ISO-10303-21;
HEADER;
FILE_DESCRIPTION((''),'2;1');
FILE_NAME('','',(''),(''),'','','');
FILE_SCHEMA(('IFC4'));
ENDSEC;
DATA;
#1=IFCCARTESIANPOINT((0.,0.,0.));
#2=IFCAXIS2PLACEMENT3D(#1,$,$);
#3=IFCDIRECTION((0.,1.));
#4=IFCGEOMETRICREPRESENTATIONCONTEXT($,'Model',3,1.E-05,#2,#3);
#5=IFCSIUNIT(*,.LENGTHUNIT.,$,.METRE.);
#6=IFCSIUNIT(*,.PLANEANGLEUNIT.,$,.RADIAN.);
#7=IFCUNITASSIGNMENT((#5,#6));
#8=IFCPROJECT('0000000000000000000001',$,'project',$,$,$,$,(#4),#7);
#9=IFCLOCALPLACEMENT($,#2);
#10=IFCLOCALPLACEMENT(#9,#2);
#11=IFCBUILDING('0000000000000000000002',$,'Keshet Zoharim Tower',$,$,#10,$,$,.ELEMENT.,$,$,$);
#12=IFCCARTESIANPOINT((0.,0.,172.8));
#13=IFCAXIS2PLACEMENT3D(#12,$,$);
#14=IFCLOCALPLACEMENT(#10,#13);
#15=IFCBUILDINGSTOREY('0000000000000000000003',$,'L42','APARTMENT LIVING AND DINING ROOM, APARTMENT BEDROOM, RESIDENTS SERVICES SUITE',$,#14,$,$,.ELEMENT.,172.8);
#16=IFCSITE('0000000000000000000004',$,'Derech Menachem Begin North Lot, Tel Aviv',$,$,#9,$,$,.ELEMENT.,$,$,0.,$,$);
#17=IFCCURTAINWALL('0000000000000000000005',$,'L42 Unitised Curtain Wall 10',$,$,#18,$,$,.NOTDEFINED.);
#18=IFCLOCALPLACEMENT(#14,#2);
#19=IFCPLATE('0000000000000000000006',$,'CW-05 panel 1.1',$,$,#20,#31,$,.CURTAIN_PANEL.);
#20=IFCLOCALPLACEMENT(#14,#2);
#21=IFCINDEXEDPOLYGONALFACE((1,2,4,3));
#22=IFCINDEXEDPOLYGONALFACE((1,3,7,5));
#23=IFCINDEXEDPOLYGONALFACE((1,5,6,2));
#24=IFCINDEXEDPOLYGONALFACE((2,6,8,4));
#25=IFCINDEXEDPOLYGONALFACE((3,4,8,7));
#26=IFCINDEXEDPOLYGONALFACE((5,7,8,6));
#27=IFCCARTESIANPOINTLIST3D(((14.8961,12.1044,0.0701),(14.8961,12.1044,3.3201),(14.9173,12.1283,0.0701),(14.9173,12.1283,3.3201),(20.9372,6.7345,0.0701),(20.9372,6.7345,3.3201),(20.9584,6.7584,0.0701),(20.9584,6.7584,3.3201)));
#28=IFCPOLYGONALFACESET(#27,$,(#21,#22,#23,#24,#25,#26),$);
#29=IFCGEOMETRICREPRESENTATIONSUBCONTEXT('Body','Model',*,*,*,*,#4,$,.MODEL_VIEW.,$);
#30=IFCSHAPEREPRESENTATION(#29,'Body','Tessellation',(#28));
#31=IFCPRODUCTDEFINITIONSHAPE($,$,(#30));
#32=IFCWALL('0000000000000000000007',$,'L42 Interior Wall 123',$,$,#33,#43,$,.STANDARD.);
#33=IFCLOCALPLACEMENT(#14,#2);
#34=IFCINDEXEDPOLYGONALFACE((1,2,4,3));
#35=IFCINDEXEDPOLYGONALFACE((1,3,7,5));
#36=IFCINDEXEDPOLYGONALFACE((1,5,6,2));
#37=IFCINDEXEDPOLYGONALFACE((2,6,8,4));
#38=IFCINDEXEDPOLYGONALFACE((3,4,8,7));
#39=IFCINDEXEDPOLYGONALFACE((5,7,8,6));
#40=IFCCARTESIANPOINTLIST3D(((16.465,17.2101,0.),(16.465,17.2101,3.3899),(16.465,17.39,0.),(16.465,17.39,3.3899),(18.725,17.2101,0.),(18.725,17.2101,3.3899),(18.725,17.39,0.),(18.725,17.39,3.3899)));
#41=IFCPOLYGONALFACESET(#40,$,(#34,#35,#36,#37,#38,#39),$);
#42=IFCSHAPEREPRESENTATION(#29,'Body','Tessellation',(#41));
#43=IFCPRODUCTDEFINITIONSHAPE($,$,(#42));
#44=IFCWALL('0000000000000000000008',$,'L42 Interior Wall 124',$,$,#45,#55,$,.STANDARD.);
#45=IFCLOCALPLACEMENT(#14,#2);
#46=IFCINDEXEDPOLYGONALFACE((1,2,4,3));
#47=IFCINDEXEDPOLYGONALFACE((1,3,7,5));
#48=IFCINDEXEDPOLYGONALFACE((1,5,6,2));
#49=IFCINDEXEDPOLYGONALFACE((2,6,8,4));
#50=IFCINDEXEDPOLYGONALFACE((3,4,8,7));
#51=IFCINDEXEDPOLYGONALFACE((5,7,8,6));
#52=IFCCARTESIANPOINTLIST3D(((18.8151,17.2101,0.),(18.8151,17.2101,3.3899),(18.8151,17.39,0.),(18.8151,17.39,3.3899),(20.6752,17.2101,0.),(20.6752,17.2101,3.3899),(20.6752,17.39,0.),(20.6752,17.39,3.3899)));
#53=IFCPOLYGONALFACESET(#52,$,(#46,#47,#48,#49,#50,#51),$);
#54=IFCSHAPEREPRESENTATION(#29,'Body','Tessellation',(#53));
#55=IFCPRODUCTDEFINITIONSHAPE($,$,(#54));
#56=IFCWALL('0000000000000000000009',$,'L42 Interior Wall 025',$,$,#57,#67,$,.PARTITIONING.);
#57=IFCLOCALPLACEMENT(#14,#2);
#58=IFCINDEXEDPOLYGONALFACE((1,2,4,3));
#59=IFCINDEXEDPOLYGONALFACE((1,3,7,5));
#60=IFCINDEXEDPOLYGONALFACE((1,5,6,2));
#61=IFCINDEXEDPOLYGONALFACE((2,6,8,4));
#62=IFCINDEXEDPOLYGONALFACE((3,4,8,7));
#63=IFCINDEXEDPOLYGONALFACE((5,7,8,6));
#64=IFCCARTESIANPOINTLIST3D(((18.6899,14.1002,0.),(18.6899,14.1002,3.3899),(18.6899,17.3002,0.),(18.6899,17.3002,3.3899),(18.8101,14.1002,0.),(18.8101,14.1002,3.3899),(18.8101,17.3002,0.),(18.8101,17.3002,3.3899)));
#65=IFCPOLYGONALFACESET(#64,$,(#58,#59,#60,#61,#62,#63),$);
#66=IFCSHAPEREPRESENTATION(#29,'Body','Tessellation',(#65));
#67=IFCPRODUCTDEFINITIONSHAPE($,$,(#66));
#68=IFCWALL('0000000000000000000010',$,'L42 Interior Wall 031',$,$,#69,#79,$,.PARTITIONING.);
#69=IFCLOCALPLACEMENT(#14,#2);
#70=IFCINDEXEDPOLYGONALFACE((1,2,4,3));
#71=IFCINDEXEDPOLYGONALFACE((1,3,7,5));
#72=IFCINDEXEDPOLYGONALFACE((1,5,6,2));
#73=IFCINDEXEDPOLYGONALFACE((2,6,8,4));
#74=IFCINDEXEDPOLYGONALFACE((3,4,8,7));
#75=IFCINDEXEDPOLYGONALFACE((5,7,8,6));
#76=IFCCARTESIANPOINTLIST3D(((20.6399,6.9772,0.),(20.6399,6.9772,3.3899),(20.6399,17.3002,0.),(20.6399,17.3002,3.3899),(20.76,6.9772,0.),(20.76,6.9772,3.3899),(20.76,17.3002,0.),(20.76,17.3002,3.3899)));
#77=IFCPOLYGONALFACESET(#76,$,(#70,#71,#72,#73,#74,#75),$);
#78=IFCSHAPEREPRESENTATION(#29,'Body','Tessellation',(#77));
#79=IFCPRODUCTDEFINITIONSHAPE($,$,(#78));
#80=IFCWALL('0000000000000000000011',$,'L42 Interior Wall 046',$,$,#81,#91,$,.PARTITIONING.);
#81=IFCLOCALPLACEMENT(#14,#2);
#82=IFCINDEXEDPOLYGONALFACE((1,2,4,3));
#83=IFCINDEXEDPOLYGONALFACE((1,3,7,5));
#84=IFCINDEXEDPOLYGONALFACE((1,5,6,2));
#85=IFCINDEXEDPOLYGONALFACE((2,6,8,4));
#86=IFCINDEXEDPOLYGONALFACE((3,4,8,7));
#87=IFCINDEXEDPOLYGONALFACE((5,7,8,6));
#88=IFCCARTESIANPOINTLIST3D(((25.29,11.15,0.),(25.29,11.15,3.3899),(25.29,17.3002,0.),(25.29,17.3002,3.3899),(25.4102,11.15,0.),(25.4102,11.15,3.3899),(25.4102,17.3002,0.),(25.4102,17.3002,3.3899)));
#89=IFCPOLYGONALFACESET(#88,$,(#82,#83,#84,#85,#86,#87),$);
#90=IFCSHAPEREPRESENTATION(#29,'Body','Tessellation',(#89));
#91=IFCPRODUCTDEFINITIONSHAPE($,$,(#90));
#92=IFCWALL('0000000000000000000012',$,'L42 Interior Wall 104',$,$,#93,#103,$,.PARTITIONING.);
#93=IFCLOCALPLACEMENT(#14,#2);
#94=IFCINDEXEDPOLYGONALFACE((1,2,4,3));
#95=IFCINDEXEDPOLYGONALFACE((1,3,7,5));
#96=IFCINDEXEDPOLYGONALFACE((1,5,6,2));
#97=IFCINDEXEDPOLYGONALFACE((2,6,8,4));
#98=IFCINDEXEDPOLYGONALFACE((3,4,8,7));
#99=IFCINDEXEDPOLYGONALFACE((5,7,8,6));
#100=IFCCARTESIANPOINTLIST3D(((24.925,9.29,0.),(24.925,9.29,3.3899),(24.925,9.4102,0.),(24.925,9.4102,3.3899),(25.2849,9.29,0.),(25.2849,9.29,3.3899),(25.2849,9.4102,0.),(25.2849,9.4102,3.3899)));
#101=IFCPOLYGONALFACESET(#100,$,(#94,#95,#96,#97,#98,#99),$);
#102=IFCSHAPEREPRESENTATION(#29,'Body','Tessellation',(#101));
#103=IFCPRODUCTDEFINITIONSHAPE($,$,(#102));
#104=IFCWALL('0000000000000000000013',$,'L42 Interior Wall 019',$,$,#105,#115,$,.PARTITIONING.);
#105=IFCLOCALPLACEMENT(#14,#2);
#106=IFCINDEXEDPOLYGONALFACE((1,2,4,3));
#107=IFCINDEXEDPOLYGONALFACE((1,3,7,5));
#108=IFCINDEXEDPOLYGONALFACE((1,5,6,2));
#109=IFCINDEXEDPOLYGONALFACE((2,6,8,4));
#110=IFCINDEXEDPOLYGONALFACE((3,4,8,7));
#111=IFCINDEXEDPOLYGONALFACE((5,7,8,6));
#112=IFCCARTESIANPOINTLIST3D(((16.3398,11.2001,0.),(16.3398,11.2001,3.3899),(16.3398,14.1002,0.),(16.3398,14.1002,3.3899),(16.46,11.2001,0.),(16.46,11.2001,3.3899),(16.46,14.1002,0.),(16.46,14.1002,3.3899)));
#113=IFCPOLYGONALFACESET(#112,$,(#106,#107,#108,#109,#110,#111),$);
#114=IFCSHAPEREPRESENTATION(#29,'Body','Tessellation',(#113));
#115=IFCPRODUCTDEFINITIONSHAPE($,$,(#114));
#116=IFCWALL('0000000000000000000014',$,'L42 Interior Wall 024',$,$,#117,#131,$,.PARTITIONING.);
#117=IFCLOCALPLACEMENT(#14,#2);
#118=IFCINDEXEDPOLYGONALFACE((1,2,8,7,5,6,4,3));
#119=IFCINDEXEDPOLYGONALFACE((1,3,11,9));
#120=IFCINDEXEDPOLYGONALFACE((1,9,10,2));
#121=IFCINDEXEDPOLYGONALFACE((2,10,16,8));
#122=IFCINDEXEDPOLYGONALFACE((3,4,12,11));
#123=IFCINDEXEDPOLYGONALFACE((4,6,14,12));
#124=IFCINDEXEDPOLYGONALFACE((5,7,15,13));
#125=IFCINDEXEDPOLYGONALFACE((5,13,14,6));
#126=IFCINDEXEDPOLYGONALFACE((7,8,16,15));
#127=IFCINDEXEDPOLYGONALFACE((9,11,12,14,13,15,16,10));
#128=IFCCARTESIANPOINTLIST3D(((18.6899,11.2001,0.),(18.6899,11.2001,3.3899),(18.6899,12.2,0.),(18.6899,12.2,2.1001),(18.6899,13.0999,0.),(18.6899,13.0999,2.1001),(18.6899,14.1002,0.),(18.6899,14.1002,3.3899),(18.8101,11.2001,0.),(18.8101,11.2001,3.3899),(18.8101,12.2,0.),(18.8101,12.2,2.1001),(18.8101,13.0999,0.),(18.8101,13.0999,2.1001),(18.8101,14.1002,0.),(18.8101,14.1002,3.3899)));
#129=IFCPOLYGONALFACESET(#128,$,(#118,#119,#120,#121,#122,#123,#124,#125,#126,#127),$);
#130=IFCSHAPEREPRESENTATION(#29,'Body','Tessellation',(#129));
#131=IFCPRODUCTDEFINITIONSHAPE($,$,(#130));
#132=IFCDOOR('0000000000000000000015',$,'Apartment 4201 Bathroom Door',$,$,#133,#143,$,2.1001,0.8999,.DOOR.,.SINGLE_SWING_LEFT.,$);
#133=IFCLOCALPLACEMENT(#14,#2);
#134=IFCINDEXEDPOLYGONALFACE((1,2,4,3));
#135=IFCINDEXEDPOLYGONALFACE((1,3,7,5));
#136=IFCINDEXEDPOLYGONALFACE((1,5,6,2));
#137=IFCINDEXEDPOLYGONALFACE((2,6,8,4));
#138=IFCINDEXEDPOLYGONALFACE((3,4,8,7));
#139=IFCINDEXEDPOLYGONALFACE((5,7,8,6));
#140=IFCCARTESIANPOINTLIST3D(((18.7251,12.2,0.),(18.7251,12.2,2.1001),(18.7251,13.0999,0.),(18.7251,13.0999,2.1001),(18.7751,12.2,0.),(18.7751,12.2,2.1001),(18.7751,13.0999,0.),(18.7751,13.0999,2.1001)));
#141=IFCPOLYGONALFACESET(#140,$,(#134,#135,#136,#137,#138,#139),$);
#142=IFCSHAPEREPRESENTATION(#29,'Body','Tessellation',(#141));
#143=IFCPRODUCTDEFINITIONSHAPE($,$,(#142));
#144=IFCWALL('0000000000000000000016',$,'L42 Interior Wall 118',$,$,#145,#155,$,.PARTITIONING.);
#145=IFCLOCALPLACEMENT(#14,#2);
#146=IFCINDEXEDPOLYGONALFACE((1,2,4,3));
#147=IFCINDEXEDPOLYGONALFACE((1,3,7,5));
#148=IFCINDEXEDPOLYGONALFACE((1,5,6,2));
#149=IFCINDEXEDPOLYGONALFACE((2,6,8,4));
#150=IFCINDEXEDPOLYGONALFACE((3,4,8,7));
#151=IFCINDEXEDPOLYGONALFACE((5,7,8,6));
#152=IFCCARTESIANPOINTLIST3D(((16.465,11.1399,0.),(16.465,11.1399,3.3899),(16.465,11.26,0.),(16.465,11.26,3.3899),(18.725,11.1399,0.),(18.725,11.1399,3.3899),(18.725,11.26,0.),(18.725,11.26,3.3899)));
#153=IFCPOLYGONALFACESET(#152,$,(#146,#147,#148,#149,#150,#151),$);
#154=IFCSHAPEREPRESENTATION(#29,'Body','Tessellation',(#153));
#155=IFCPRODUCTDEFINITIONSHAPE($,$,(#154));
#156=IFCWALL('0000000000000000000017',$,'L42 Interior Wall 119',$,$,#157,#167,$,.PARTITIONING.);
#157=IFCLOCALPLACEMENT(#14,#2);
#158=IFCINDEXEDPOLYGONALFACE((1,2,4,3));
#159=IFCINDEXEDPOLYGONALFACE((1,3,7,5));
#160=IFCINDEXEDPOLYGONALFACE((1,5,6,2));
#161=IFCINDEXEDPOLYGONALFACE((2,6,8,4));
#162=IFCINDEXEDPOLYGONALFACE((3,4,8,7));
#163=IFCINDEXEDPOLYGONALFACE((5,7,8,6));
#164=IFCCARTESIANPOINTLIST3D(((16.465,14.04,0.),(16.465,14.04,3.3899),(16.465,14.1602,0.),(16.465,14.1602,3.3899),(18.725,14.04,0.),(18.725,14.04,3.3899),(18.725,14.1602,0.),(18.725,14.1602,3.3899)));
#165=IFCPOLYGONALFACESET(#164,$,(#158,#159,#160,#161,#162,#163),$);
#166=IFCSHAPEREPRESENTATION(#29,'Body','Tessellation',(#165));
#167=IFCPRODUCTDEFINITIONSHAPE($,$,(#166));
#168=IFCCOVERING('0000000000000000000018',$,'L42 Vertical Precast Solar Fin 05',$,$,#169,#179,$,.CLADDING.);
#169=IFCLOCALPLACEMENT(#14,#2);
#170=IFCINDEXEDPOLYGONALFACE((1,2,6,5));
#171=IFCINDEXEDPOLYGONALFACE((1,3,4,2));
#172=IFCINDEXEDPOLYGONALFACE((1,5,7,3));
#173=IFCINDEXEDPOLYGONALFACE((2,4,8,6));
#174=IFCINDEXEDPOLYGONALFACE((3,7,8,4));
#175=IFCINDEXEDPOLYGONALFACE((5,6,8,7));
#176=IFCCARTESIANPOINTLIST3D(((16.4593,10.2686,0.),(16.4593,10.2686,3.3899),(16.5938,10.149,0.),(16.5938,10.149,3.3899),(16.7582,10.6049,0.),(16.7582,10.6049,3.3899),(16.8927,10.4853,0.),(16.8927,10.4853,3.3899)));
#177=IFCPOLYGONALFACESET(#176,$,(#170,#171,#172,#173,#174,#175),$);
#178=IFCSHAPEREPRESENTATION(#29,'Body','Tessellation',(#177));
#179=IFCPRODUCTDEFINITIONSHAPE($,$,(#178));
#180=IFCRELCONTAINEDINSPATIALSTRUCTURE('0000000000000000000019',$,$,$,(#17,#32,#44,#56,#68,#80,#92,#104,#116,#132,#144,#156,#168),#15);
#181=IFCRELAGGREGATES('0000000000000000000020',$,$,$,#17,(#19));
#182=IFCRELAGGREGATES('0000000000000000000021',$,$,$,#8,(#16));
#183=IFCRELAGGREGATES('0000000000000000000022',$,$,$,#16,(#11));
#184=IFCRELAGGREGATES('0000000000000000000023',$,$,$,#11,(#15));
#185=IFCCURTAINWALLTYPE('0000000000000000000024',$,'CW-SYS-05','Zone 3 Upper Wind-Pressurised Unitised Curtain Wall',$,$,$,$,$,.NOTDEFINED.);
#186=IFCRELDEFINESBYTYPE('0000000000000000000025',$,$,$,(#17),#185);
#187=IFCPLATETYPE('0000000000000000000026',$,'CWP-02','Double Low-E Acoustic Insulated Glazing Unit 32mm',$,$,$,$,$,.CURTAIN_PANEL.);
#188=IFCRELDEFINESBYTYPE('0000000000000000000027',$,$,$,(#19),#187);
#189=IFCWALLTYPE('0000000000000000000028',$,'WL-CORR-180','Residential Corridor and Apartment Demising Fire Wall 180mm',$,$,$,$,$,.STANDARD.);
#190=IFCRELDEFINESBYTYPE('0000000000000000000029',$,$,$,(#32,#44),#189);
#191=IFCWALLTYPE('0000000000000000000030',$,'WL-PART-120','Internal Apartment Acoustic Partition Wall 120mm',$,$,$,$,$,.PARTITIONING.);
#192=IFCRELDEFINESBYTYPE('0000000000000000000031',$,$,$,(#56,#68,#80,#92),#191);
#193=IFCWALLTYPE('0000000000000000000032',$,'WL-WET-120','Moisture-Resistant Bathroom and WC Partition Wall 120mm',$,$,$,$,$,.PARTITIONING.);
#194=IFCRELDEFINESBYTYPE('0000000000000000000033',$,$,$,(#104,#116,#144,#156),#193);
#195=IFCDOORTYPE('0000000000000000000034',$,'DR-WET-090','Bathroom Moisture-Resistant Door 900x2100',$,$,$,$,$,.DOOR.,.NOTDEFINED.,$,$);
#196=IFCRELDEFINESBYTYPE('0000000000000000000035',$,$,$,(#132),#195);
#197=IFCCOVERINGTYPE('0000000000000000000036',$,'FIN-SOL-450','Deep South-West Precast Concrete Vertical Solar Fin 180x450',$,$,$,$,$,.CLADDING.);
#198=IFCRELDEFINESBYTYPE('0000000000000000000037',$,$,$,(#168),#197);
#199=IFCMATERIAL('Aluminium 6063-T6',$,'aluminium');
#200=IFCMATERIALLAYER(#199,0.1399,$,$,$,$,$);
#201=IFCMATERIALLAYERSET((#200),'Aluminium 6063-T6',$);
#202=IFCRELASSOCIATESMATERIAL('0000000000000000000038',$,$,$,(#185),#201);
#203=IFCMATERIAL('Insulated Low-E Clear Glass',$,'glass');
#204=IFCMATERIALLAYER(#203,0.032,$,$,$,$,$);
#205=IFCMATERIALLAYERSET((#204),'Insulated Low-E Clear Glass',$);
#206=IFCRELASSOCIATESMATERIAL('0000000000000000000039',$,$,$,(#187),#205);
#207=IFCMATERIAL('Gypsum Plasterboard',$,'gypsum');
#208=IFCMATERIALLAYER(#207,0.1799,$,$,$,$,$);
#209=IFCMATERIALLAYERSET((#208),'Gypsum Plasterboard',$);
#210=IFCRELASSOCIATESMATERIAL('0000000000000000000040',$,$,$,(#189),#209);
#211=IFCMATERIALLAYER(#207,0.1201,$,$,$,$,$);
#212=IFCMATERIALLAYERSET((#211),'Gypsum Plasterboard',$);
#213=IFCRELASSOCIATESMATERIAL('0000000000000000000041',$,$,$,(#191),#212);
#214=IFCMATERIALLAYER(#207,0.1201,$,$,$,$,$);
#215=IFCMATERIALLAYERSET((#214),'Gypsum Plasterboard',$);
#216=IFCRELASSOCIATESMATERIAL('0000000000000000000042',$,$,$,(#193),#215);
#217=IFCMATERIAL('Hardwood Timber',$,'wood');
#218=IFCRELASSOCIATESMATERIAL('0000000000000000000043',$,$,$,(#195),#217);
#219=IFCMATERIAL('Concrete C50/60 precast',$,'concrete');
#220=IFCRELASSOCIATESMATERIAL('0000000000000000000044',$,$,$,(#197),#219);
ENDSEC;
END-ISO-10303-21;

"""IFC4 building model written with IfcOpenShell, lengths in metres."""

from ifc_helpers import new_model, si_unit, direction, frame, frame_2d, origin, origin_2d, place, context, subcontext, project, spatial, rectangle, extrude, material, layer, layer_set, type_object, element, fill, aggregate, save


model = new_model("IFC4")

# Units and contexts
model_context = context("Model", 3, precision=1e-05, world=origin(), true_north=direction((0.0, 1.0)))
body_context = subcontext(model_context, "Body", "Model", "MODEL_VIEW")
ifc_project = project(units=[si_unit("LENGTHUNIT", "METRE"), si_unit("PLANEANGLEUNIT", "RADIAN")], contexts=[model_context])

# Site, building, storey
site_placement = place(None, origin())
site = spatial("IfcSite", under=ifc_project, at=site_placement, Name="Derech Menachem Begin North Lot, Tel Aviv", CompositionType="ELEMENT", RefElevation=0.0)
building_placement = place(site_placement, origin())
building = spatial("IfcBuilding", under=site, at=building_placement, Name="Keshet Zoharim Tower", CompositionType="ELEMENT")
storey_placement = place(building_placement, frame((0.0, 0.0, 172.8)))
storey = spatial("IfcBuildingStorey", under=building, at=storey_placement, Name="L42", Description="APARTMENT LIVING AND DINING ROOM, APARTMENT BEDROOM, RESIDENTS SERVICES SUITE", CompositionType="ELEMENT", Elevation=172.8)

# Curtain wall, plate
ifc_material_1 = material(Name="Aluminium 6063-T6", Category="aluminium")
ifc_layer_1 = layer(ifc_material_1, 0.1399)
ifc_layer_set_1 = layer_set([ifc_layer_1], Name="Aluminium 6063-T6")
curtain_wall_type = type_object("IfcCurtainWallType", Name="CW-SYS-05", Description="Zone 3 Upper Wind-Pressurised Unitised Curtain Wall", PredefinedType="NOTDEFINED", material=ifc_layer_set_1)
curtain_wall_placement = place(storey_placement, origin())
curtain_wall = element("IfcCurtainWall", 1, at=curtain_wall_placement, inside=storey, type_object=curtain_wall_type, Name="L42 Unitised Curtain Wall 10", PredefinedType="NOTDEFINED")
ifc_material_2 = material(Name="Insulated Low-E Clear Glass", Category="glass")
ifc_layer_2 = layer(ifc_material_2, 0.032)
ifc_layer_set_2 = layer_set([ifc_layer_2], Name="Insulated Low-E Clear Glass")
plate_type = type_object("IfcPlateType", Name="CWP-02", Description="Double Low-E Acoustic Insulated Glazing Unit 32mm", PredefinedType="CURTAIN_PANEL", material=ifc_layer_set_2)
plate_placement = place(storey_placement, frame((17.9272, 9.4314, 0.0701), z_axis=(0.0, 0.0, 1.0), x_axis=(-0.747406, 0.664368, 0.0)))
plate = element("IfcPlate", 2, at=plate_placement, type_object=plate_type, Name="CW-05 panel 1.1", PredefinedType="CURTAIN_PANEL", context=body_context, shape_type="SweptSolid", body=[
    extrude(rectangle(XDim=8.0828, YDim=0.032, at=origin_2d()), origin(), (0.0, 0.0, 1.0), 3.25),
])
aggregate(curtain_wall, [plate])

# Walls
ifc_material_3 = material(Name="Gypsum Plasterboard", Category="gypsum")
ifc_layer_3 = layer(ifc_material_3, 0.1799)
ifc_layer_set_3 = layer_set([ifc_layer_3], Name="Gypsum Plasterboard")
wall_type_1 = type_object("IfcWallType", Name="WL-CORR-180", Description="Residential Corridor and Apartment Demising Fire Wall 180mm", PredefinedType="STANDARD", material=ifc_layer_set_3)
wall_1_placement = place(storey_placement, frame((16.4651, 17.3, 0.0), z_axis=(0.0, 0.0, 1.0), x_axis=(1.0, 0.0, 0.0)))
element("IfcWall", 3, at=wall_1_placement, inside=storey, type_object=wall_type_1, Name="L42 Interior Wall 123", PredefinedType="STANDARD", context=body_context, shape_type="SweptSolid", body=[
    extrude(rectangle(XDim=2.26, YDim=0.1799, at=frame_2d((1.1299, 0.0))), origin(), (0.0, 0.0, 1.0), 3.3899),
])
wall_2_placement = place(storey_placement, frame((18.8149, 17.3, 0.0), z_axis=(0.0, 0.0, 1.0), x_axis=(1.0, 0.0, 0.0)))
element("IfcWall", 4, at=wall_2_placement, inside=storey, type_object=wall_type_1, Name="L42 Interior Wall 124", PredefinedType="STANDARD", context=body_context, shape_type="SweptSolid", body=[
    extrude(rectangle(XDim=1.8601, YDim=0.1799, at=frame_2d((0.9302, 0.0))), origin(), (0.0, 0.0, 1.0), 3.3899),
])

# Shared definitions
ifc_layer_4 = layer(ifc_material_3, 0.1201)
ifc_layer_set_4 = layer_set([ifc_layer_4], Name="Gypsum Plasterboard")
wall_type_2 = type_object("IfcWallType", Name="WL-PART-120", Description="Internal Apartment Acoustic Partition Wall 120mm", PredefinedType="PARTITIONING", material=ifc_layer_set_4)
ifc_material_4 = material(Name="Hardwood Timber", Category="wood")

# Walls
wall_3_placement = place(storey_placement, frame((18.75, 14.1001, 0.0), z_axis=(0.0, 0.0, 1.0), x_axis=(0.0, 1.0, 0.0)))
element("IfcWall", 5, at=wall_3_placement, inside=storey, type_object=wall_type_2, Name="L42 Interior Wall 025", PredefinedType="PARTITIONING", context=body_context, shape_type="SweptSolid", body=[
    extrude(rectangle(XDim=3.2, YDim=0.1201, at=frame_2d((1.6001, 0.0))), origin(), (0.0, 0.0, 1.0), 3.3899),
])
wall_4_placement = place(storey_placement, frame((20.7, 6.9771, 0.0), z_axis=(0.0, 0.0, 1.0), x_axis=(0.0, 1.0, 0.0)))
element("IfcWall", 6, at=wall_4_placement, inside=storey, type_object=wall_type_2, Name="L42 Interior Wall 031", PredefinedType="PARTITIONING", context=body_context, shape_type="SweptSolid", body=[
    extrude(rectangle(XDim=10.323, YDim=0.1201, at=frame_2d((5.1616, 0.0))), origin(), (0.0, 0.0, 1.0), 3.3899),
])
wall_5_placement = place(storey_placement, frame((25.3501, 11.1499, 0.0), z_axis=(0.0, 0.0, 1.0), x_axis=(0.0, 1.0, 0.0)))
element("IfcWall", 7, at=wall_5_placement, inside=storey, type_object=wall_type_2, Name="L42 Interior Wall 046", PredefinedType="PARTITIONING", context=body_context, shape_type="SweptSolid", body=[
    extrude(rectangle(XDim=6.1501, YDim=0.1201, at=frame_2d((3.0752, 0.0))), origin(), (0.0, 0.0, 1.0), 3.3899),
])
wall_6_placement = place(storey_placement, frame((24.925, 9.3501, 0.0), z_axis=(0.0, 0.0, 1.0), x_axis=(1.0, 0.0, 0.0)))
element("IfcWall", 8, at=wall_6_placement, inside=storey, type_object=wall_type_2, Name="L42 Interior Wall 104", PredefinedType="PARTITIONING", context=body_context, shape_type="SweptSolid", body=[
    extrude(rectangle(XDim=0.3599, YDim=0.1201, at=frame_2d((0.1799, 0.0))), origin(), (0.0, 0.0, 1.0), 3.3899),
])

# Wall
ifc_layer_5 = layer(ifc_material_3, 0.1201)
ifc_layer_set_5 = layer_set([ifc_layer_5], Name="Gypsum Plasterboard")
wall_type_3 = type_object("IfcWallType", Name="WL-WET-120", Description="Moisture-Resistant Bathroom and WC Partition Wall 120mm", PredefinedType="PARTITIONING", material=ifc_layer_set_5)
wall_7_placement = place(storey_placement, frame((16.3999, 11.2, 0.0), z_axis=(0.0, 0.0, 1.0), x_axis=(0.0, 1.0, 0.0)))
element("IfcWall", 9, at=wall_7_placement, inside=storey, type_object=wall_type_3, Name="L42 Interior Wall 019", PredefinedType="PARTITIONING", context=body_context, shape_type="SweptSolid", body=[
    extrude(rectangle(XDim=2.9001, YDim=0.1201, at=frame_2d((1.4502, 0.0))), origin(), (0.0, 0.0, 1.0), 3.3899),
])

# Wall, opening, door
wall_8_placement = place(storey_placement, frame((18.75, 11.2, 0.0), z_axis=(0.0, 0.0, 1.0), x_axis=(0.0, 1.0, 0.0)))
wall_8 = element("IfcWall", 10, at=wall_8_placement, inside=storey, type_object=wall_type_3, Name="L42 Interior Wall 024", PredefinedType="PARTITIONING", context=body_context, shape_type="SweptSolid", body=[
    extrude(rectangle(XDim=2.9001, YDim=0.1201, at=frame_2d((1.4502, 0.0))), origin(), (0.0, 0.0, 1.0), 3.3899),
])
opening_1_placement = place(wall_8_placement, frame((1.0, 0.0, 0.0)))
opening_1 = element("IfcOpeningElement", 11, at=opening_1_placement, cuts=wall_8, PredefinedType="OPENING", context=body_context, shape_type="SweptSolid", body=[
    extrude(rectangle(XDim=0.8999, YDim=2.1001, at=frame_2d((0.45, 1.05))), frame((0.0, 0.0701, 0.0), z_axis=(0.0, -1.0, 0.0), x_axis=(1.0, 0.0, 0.0)), (0.0, 0.0, 1.0), 0.1401),
])
door_type_1 = type_object("IfcDoorType", Name="DR-WET-090", Description="Bathroom Moisture-Resistant Door 900x2100", OperationType="NOTDEFINED", PredefinedType="DOOR", material=ifc_material_4)
door_1_placement = place(opening_1_placement, origin())
door_1 = element("IfcDoor", 12, at=door_1_placement, inside=storey, type_object=door_type_1, Name="Apartment 4201 Bathroom Door", OperationType="SINGLE_SWING_LEFT", OverallHeight=2.1001, OverallWidth=0.8999, PredefinedType="DOOR", context=body_context, shape_type="SweptSolid", body=[
    extrude(rectangle(XDim=0.8999, YDim=2.1001, at=frame_2d((0.45, 1.05))), frame((0.0, 0.0249, 0.0), z_axis=(0.0, -1.0, 0.0), x_axis=(1.0, 0.0, 0.0)), (0.0, 0.0, 1.0), 0.05),
])
fill(opening_1, door_1)

# Walls
for number, where, z_axis, x_axis, name in (
    (13, (16.4651, 11.2, 0.0), (0.0, 0.0, 1.0), (1.0, 0.0, 0.0), "L42 Interior Wall 118"),
    (14, (16.4651, 14.1001, 0.0), (0.0, 0.0, 1.0), (1.0, 0.0, 0.0), "L42 Interior Wall 119"),
):
    element("IfcWall", number, at=place(storey_placement, frame(where, z_axis=z_axis, x_axis=x_axis)), inside=storey, type_object=wall_type_3, Name=name, PredefinedType="PARTITIONING", context=body_context, shape_type="SweptSolid", body=[
        extrude(rectangle(XDim=2.26, YDim=0.1201, at=frame_2d((1.1299, 0.0))), origin(), (0.0, 0.0, 1.0), 3.3899),
    ])

# Covering
ifc_material_5 = material(Name="Concrete C50/60 precast", Category="concrete")
covering_type = type_object("IfcCoveringType", Name="FIN-SOL-450", Description="Deep South-West Precast Concrete Vertical Solar Fin 180x450", PredefinedType="CLADDING", material=ifc_material_5)
covering_placement = place(storey_placement, frame((16.676, 10.377, 0.0), z_axis=(0.0, 0.0, 1.0), x_axis=(-0.747409, 0.664364, 0.0)))
element("IfcCovering", 15, at=covering_placement, inside=storey, type_object=covering_type, Name="L42 Vertical Precast Solar Fin 05", PredefinedType="CLADDING", context=body_context, shape_type="SweptSolid", body=[
    extrude(rectangle(XDim=0.1799, YDim=0.45, at=origin_2d()), origin(), (0.0, 0.0, 1.0), 3.3899),
])

save(model, "model.ifc")
